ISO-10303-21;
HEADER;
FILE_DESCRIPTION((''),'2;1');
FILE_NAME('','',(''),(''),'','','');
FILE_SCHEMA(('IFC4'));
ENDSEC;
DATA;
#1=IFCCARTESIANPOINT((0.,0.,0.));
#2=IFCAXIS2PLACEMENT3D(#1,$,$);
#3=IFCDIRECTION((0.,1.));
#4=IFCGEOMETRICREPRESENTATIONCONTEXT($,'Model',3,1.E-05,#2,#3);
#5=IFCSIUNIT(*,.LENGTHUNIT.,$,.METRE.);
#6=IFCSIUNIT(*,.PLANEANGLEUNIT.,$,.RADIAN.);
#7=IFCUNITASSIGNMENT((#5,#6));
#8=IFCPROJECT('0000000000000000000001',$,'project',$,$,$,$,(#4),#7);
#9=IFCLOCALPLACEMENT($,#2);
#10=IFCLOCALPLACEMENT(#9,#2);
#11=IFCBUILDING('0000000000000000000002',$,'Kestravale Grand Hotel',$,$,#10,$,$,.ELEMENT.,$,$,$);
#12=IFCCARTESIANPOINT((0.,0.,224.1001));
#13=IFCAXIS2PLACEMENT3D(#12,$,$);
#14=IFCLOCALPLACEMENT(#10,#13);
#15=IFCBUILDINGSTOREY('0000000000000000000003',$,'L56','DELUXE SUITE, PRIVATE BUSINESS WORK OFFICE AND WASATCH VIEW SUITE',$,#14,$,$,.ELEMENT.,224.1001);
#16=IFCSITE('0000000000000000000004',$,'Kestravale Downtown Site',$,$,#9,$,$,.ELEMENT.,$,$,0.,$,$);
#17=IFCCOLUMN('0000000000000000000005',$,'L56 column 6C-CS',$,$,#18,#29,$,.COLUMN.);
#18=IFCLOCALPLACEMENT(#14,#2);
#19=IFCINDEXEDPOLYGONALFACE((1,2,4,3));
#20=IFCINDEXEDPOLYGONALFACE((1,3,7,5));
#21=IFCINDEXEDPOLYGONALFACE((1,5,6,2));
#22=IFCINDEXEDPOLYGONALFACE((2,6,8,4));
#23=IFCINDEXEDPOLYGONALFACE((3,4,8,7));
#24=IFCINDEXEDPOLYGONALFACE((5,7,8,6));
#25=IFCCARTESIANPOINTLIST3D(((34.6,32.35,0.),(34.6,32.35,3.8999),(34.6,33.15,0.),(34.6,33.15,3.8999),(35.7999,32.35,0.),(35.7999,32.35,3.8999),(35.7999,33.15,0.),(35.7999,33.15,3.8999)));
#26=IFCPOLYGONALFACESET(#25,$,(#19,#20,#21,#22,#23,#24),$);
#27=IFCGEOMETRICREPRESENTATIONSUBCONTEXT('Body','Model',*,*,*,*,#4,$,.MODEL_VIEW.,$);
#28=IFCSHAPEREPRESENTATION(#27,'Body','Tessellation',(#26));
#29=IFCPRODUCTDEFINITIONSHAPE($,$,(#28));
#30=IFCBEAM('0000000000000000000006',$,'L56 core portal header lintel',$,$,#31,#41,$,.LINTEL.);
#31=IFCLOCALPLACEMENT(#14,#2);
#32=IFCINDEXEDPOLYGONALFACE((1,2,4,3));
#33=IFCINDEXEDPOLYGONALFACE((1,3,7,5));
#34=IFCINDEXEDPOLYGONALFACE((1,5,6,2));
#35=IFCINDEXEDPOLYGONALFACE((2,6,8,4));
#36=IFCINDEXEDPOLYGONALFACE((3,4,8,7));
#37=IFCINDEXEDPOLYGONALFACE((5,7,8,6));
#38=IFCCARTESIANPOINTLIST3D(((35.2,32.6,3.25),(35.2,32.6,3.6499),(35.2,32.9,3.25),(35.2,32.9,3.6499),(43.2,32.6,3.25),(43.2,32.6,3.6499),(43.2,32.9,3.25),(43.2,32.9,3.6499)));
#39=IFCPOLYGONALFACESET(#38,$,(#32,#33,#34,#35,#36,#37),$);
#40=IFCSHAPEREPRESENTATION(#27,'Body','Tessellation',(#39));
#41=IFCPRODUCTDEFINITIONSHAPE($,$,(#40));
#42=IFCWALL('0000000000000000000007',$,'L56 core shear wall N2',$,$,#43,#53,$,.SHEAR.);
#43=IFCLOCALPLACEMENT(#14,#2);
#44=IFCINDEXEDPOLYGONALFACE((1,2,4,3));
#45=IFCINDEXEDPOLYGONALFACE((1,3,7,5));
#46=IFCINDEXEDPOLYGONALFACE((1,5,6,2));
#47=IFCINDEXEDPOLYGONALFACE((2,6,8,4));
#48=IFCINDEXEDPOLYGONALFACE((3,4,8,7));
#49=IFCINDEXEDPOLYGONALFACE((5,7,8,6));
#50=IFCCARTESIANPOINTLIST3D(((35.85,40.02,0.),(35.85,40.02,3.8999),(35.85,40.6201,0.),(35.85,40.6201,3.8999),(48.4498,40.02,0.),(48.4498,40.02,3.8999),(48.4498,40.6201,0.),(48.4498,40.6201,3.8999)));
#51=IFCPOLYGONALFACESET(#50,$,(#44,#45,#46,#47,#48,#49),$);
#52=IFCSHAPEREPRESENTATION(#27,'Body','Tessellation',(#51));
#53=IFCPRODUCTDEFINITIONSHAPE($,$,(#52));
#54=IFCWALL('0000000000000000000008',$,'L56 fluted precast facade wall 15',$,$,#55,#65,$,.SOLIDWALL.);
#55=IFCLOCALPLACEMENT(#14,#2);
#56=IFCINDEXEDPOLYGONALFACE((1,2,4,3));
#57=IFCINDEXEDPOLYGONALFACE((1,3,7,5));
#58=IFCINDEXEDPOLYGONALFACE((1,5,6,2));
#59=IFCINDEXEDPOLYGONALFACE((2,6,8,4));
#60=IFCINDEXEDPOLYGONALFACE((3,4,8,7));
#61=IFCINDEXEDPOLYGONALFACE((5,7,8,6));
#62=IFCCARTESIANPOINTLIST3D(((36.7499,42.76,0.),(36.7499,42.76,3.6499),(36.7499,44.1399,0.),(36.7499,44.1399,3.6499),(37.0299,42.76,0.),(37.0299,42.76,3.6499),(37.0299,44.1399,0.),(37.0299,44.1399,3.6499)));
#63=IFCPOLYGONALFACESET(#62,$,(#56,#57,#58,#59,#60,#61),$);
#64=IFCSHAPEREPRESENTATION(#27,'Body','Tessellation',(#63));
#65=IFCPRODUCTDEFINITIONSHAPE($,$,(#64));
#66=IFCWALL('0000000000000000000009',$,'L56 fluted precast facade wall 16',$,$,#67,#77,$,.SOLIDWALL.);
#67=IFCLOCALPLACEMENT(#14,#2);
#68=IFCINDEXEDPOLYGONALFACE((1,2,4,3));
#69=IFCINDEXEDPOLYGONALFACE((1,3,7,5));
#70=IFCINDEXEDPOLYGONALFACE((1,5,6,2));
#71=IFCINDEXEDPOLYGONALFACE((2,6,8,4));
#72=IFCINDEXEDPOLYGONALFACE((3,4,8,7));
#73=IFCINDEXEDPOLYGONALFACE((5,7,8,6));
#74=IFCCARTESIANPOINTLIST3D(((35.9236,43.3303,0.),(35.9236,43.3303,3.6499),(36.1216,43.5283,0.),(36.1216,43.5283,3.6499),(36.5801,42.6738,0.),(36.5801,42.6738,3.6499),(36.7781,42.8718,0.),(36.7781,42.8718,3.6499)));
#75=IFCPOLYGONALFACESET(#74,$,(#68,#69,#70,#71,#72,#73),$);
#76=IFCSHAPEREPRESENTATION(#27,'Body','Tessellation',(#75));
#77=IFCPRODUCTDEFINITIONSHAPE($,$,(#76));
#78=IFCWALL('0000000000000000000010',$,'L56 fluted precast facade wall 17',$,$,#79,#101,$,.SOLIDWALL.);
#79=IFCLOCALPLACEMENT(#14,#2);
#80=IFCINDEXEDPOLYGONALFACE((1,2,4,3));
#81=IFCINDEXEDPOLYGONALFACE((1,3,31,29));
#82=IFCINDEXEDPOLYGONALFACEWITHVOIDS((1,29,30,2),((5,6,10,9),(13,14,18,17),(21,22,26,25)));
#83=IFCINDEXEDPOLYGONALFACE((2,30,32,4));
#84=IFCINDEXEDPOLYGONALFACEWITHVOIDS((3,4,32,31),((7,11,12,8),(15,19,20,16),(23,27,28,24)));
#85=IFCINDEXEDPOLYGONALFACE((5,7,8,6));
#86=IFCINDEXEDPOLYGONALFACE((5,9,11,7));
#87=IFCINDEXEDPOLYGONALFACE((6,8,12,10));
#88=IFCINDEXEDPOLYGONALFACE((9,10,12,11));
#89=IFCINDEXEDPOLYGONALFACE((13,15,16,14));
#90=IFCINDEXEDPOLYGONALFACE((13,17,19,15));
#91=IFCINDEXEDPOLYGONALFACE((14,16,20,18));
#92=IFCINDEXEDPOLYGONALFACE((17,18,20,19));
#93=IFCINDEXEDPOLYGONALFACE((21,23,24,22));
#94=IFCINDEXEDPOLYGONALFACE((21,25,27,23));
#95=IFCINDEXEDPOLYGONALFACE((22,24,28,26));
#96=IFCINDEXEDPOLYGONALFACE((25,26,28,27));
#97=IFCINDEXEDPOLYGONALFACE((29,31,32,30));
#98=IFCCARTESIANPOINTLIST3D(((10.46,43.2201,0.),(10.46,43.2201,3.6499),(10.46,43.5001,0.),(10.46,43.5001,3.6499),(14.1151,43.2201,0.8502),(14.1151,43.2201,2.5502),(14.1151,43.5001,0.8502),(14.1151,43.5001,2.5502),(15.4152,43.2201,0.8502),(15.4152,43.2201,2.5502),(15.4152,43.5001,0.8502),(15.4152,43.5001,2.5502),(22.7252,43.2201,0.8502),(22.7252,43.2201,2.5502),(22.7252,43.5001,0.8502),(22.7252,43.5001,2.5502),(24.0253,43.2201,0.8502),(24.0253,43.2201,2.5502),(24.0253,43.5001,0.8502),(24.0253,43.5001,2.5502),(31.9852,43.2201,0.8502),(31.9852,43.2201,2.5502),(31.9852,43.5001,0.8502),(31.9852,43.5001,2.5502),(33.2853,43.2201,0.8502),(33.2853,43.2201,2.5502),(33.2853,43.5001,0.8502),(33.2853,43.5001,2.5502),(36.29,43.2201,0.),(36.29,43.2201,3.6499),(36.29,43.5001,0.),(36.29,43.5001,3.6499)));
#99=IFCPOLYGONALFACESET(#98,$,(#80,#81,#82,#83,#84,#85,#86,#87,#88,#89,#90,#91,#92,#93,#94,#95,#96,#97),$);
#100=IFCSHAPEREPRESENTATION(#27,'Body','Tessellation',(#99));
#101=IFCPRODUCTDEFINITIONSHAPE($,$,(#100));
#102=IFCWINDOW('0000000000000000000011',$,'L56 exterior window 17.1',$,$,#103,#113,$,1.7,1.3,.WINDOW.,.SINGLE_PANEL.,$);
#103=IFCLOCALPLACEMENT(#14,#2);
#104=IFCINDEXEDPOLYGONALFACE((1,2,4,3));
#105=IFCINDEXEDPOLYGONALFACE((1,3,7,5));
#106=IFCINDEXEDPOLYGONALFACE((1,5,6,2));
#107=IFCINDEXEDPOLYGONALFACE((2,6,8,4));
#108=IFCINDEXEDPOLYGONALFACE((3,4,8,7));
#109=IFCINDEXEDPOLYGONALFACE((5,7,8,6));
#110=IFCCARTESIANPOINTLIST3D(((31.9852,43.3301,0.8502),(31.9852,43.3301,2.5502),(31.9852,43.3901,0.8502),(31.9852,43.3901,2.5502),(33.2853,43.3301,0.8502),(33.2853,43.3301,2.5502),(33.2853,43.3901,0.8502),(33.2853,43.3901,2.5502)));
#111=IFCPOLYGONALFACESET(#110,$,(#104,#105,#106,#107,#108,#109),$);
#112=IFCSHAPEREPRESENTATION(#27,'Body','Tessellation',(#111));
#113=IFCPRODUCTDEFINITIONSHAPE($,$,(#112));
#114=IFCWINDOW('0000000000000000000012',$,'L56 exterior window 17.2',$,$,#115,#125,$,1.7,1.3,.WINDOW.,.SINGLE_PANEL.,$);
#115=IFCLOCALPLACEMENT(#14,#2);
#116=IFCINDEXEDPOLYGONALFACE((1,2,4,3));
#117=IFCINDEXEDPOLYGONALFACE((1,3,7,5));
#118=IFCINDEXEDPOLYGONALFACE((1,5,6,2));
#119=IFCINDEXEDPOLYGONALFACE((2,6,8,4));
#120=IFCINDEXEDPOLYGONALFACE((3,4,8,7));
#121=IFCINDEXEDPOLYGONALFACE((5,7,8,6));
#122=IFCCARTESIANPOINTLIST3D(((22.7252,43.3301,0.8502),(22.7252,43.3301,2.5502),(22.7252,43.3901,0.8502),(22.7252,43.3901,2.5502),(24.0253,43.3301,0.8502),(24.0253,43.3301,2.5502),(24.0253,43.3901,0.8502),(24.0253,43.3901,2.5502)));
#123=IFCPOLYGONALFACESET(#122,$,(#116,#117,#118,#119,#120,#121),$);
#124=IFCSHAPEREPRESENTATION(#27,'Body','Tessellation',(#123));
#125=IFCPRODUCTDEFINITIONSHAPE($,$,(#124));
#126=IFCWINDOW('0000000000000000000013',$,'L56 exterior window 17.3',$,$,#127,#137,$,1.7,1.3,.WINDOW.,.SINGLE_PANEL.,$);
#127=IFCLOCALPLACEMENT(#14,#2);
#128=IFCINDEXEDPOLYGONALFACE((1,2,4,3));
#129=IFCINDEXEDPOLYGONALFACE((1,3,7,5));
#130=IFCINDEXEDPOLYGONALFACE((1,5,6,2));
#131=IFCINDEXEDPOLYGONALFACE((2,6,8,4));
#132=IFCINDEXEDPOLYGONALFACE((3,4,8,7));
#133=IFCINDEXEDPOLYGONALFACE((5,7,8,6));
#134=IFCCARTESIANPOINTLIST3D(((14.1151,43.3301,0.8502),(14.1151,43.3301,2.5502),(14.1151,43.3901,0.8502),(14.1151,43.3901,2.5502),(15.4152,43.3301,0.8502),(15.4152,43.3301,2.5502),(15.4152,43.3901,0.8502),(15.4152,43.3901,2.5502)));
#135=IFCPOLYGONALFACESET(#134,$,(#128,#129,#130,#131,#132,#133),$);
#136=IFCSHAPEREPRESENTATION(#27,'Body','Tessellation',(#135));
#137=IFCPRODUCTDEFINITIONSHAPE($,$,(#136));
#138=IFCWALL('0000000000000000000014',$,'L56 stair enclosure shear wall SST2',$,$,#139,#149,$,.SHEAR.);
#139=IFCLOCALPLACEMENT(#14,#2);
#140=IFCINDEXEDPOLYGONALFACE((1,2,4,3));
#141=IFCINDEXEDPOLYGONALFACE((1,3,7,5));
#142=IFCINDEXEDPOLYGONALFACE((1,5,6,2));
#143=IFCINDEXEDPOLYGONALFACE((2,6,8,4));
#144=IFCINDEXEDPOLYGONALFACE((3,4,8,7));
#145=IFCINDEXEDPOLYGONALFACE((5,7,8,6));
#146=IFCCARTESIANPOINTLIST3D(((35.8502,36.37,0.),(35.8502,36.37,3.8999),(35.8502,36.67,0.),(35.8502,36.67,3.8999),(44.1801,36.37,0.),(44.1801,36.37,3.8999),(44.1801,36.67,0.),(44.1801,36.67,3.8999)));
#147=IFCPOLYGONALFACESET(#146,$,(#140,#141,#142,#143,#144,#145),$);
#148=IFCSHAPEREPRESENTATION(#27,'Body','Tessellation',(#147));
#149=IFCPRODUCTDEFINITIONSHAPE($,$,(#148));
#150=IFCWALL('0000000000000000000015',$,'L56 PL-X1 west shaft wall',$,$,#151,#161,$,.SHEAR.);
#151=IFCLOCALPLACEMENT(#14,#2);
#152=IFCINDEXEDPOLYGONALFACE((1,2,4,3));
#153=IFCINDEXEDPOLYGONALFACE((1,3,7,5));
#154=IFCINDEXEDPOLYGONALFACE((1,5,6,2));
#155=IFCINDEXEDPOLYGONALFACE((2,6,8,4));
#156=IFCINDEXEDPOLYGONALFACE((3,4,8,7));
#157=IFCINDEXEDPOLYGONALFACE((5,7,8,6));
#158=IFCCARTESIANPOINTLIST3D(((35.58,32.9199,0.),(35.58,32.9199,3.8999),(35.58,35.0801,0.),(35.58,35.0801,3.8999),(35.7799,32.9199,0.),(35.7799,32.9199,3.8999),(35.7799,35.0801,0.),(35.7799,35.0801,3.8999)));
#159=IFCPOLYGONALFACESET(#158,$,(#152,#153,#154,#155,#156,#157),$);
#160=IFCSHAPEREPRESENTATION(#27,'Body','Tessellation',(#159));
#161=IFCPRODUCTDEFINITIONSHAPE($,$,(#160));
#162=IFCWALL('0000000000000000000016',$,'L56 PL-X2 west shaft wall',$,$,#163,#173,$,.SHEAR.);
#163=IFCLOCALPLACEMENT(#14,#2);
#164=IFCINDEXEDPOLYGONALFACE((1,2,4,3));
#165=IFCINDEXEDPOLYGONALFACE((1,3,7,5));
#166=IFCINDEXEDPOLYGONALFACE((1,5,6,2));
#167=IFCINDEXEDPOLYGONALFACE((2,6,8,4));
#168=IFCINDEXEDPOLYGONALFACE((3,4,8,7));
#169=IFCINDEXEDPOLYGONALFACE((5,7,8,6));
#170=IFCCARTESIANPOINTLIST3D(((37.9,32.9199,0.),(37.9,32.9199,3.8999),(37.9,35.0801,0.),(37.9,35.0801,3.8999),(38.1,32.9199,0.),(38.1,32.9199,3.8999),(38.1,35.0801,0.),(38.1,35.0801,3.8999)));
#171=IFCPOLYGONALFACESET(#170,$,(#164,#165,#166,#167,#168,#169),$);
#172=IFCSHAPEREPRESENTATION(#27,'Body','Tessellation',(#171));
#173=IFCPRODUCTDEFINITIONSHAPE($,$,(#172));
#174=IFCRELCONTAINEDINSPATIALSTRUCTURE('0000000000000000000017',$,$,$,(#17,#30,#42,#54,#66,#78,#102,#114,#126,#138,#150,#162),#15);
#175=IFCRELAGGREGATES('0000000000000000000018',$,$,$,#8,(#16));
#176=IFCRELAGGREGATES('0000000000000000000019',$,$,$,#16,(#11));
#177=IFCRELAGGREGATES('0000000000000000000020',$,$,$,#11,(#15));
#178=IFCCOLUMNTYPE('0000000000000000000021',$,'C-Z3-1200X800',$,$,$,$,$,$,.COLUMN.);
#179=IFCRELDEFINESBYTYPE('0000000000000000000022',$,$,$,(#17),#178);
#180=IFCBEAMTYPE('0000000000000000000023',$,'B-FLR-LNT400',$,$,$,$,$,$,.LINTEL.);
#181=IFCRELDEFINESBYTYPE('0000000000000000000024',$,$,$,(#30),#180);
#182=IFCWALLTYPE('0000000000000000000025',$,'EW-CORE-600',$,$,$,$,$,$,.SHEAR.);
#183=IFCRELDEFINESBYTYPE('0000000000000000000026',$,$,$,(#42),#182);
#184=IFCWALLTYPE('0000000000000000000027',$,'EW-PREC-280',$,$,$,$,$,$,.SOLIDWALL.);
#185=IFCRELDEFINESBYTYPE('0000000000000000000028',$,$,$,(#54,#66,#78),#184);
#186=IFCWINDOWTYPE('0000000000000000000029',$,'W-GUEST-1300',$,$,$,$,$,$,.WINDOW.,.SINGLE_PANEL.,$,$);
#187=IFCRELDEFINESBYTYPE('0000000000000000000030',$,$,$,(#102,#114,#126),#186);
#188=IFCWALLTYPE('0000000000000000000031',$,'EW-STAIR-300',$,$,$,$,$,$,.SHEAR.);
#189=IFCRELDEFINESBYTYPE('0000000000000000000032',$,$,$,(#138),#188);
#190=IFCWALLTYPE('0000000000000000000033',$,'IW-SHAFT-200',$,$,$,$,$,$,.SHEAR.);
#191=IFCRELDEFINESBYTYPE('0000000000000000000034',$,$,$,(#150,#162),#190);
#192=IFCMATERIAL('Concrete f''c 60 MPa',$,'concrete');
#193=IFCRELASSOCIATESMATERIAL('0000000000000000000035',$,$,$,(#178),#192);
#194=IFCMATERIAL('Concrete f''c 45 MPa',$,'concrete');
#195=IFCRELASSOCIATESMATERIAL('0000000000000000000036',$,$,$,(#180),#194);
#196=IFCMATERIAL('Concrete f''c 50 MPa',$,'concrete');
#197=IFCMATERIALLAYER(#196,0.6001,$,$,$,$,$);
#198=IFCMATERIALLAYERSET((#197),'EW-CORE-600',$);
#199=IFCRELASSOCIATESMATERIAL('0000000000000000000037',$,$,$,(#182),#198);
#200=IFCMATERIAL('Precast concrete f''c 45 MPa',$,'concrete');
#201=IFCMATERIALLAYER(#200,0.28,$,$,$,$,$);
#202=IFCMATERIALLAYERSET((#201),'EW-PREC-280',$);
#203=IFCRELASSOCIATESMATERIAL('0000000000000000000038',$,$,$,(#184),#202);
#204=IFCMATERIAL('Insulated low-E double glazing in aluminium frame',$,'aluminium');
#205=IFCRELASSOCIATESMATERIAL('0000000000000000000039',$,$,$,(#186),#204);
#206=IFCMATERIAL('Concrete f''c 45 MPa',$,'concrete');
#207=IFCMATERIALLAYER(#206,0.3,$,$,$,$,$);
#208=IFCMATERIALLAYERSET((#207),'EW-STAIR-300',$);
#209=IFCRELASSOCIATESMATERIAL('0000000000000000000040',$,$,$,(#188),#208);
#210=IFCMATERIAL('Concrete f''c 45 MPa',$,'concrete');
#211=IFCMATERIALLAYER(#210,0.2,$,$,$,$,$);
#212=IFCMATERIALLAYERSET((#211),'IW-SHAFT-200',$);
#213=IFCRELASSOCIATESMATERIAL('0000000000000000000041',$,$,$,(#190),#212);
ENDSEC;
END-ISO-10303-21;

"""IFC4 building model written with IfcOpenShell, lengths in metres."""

from ifc_helpers import new_model, si_unit, direction, frame, frame_2d, origin, origin_2d, place, context, subcontext, project, spatial, rectangle, extrude, material, layer, layer_set, material_profile, profile_set, type_object, element, fill, save


model = new_model("IFC4")

# Units and contexts
model_context = context("Model", 3, precision=1e-05, world=origin(), true_north=direction((0.0, 1.0)))
body_context = subcontext(model_context, "Body", "Model", "MODEL_VIEW")
ifc_project = project(units=[si_unit("LENGTHUNIT", "METRE"), si_unit("PLANEANGLEUNIT", "RADIAN")], contexts=[model_context])

# Site, building, storey
site_placement = place(None, origin())
site = spatial("IfcSite", under=ifc_project, at=site_placement, Name="Kestravale Downtown Site", CompositionType="ELEMENT", RefElevation=0.0)
building_placement = place(site_placement, origin())
building = spatial("IfcBuilding", under=site, at=building_placement, Name="Kestravale Grand Hotel", CompositionType="ELEMENT")
storey_placement = place(building_placement, frame((0.0, 0.0, 224.1001)))
storey = spatial("IfcBuildingStorey", under=building, at=storey_placement, Name="L56", Description="DELUXE SUITE, PRIVATE BUSINESS WORK OFFICE AND WASATCH VIEW SUITE", CompositionType="ELEMENT", Elevation=224.1001)

# Column
ifc_material_1 = material(Name="Concrete f'c 60 MPa", Category="concrete")
ifc_material_profile_1 = material_profile(ifc_material_1, rectangle(XDim=1.2, YDim=0.8, at=origin_2d()))
ifc_profile_set_1 = profile_set([ifc_material_profile_1], Name="Concrete f'c 60 MPa")
column_type = type_object("IfcColumnType", Name="C-Z3-1200X800", PredefinedType="COLUMN", material=ifc_profile_set_1)
column_placement = place(storey_placement, frame((35.2, 32.75, 0.0), z_axis=(0.0, 0.0, 1.0), x_axis=(1.0, 0.0, 0.0)))
element("IfcColumn", 1, at=column_placement, inside=storey, type_object=column_type, Name="L56 column 6C-CS", PredefinedType="COLUMN", context=body_context, shape_type="SweptSolid", body=[
    extrude(rectangle(XDim=1.2, YDim=0.8, at=origin_2d()), origin(), (0.0, 0.0, 1.0), 3.8999),
])

# Beam
ifc_material_2 = material(Name="Concrete f'c 45 MPa", Category="concrete")
ifc_material_profile_2 = material_profile(ifc_material_2, rectangle(XDim=0.3, YDim=0.3999, at=origin_2d()))
ifc_profile_set_2 = profile_set([ifc_material_profile_2], Name="Concrete f'c 45 MPa")
beam_type = type_object("IfcBeamType", Name="B-FLR-LNT400", PredefinedType="LINTEL", material=ifc_profile_set_2)
beam_placement = place(storey_placement, frame((35.2, 32.75, 3.45), z_axis=(1.0, 0.0, 0.0), x_axis=(0.0, 1.0, 0.0)))
element("IfcBeam", 2, at=beam_placement, inside=storey, type_object=beam_type, Name="L56 core portal header lintel", PredefinedType="LINTEL", context=body_context, shape_type="SweptSolid", body=[
    extrude(rectangle(XDim=0.3, YDim=0.3999, at=origin_2d()), origin(), (0.0, 0.0, 1.0), 8.0),
])

# Wall
ifc_material_3 = material(Name="Concrete f'c 50 MPa", Category="concrete")
ifc_layer_1 = layer(ifc_material_3, 0.6001)
ifc_layer_set_1 = layer_set([ifc_layer_1], Name="EW-CORE-600")
wall_type_1 = type_object("IfcWallType", Name="EW-CORE-600", PredefinedType="SHEAR", material=ifc_layer_set_1)
wall_1_placement = place(storey_placement, frame((35.8501, 40.3201, 0.0), z_axis=(0.0, 0.0, 1.0), x_axis=(1.0, 0.0, 0.0)))
element("IfcWall", 3, at=wall_1_placement, inside=storey, type_object=wall_type_1, Name="L56 core shear wall N2", PredefinedType="SHEAR", context=body_context, shape_type="SweptSolid", body=[
    extrude(rectangle(XDim=12.5999, YDim=0.6001, at=frame_2d((6.2998, 0.0))), origin(), (0.0, 0.0, 1.0), 3.8999),
])

# Walls
ifc_material_4 = material(Name="Precast concrete f'c 45 MPa", Category="concrete")
ifc_layer_2 = layer(ifc_material_4, 0.28)
ifc_layer_set_2 = layer_set([ifc_layer_2], Name="EW-PREC-280")
wall_type_2 = type_object("IfcWallType", Name="EW-PREC-280", PredefinedType="SOLIDWALL", material=ifc_layer_set_2)
wall_2_placement = place(storey_placement, frame((36.8899, 44.1399, 0.0), z_axis=(0.0, 0.0, 1.0), x_axis=(0.0, -1.0, 0.0)))
element("IfcWall", 4, at=wall_2_placement, inside=storey, type_object=wall_type_2, Name="L56 fluted precast facade wall 15", PredefinedType="SOLIDWALL", context=body_context, shape_type="SweptSolid", body=[
    extrude(rectangle(XDim=1.3799, YDim=0.28, at=frame_2d((0.6899, 0.0))), origin(), (0.0, 0.0, 1.0), 3.6499),
])
wall_3_placement = place(storey_placement, frame((36.6792, 42.7727, 0.0), z_axis=(0.0, 0.0, 1.0), x_axis=(-0.707107, 0.707107, 0.0)))
element("IfcWall", 5, at=wall_3_placement, inside=storey, type_object=wall_type_2, Name="L56 fluted precast facade wall 16", PredefinedType="SOLIDWALL", context=body_context, shape_type="SweptSolid", body=[
    extrude(rectangle(XDim=0.9285, YDim=0.28, at=frame_2d((0.4644, 0.0))), origin(), (0.0, 0.0, 1.0), 3.6499),
])

# Wall, openings, windows
wall_4_placement = place(storey_placement, frame((36.29, 43.3601, 0.0), z_axis=(0.0, 0.0, 1.0), x_axis=(-1.0, 0.0, 0.0)))
wall_4 = element("IfcWall", 6, at=wall_4_placement, inside=storey, type_object=wall_type_2, Name="L56 fluted precast facade wall 17", PredefinedType="SOLIDWALL", context=body_context, shape_type="SweptSolid", body=[
    extrude(rectangle(XDim=25.8301, YDim=0.28, at=frame_2d((12.915, 0.0))), origin(), (0.0, 0.0, 1.0), 3.6499),
])
opening_1_placement = place(wall_4_placement, frame((3.0049, 0.0, 0.8501)))
opening_1 = element("IfcOpeningElement", 7, at=opening_1_placement, cuts=wall_4, PredefinedType="OPENING", context=body_context, shape_type="SweptSolid", body=[
    extrude(rectangle(XDim=1.3, YDim=1.7, at=frame_2d((0.6499, 0.8501))), frame((0.0, 0.1499, 0.0), z_axis=(0.0, -1.0, 0.0), x_axis=(1.0, 0.0, 0.0)), (0.0, 0.0, 1.0), 0.3),
])
opening_2_placement = place(wall_4_placement, frame((12.2649, 0.0, 0.8501)))
opening_2 = element("IfcOpeningElement", 8, at=opening_2_placement, cuts=wall_4, PredefinedType="OPENING", context=body_context, shape_type="SweptSolid", body=[
    extrude(rectangle(XDim=1.3, YDim=1.7, at=frame_2d((0.6499, 0.8501))), frame((0.0, 0.1499, 0.0), z_axis=(0.0, -1.0, 0.0), x_axis=(1.0, 0.0, 0.0)), (0.0, 0.0, 1.0), 0.3),
])
opening_3_placement = place(wall_4_placement, frame((20.875, 0.0, 0.8501)))
opening_3 = element("IfcOpeningElement", 9, at=opening_3_placement, cuts=wall_4, PredefinedType="OPENING", context=body_context, shape_type="SweptSolid", body=[
    extrude(rectangle(XDim=1.3, YDim=1.7, at=frame_2d((0.6499, 0.8501))), frame((0.0, 0.1499, 0.0), z_axis=(0.0, -1.0, 0.0), x_axis=(1.0, 0.0, 0.0)), (0.0, 0.0, 1.0), 0.3),
])
ifc_material_5 = material(Name="Insulated low-E double glazing in aluminium frame", Category="aluminium")
window_type = type_object("IfcWindowType", Name="W-GUEST-1300", PartitioningType="SINGLE_PANEL", PredefinedType="WINDOW", material=ifc_material_5)
window_1_placement = place(opening_1_placement, origin())
window_1 = element("IfcWindow", 10, at=window_1_placement, inside=storey, type_object=window_type, Name="L56 exterior window 17.1", OverallHeight=1.7, OverallWidth=1.3, PartitioningType="SINGLE_PANEL", PredefinedType="WINDOW", context=body_context, shape_type="SweptSolid", body=[
    extrude(rectangle(XDim=1.3, YDim=1.7, at=frame_2d((0.6499, 0.8501))), frame((0.0, 0.03, 0.0), z_axis=(0.0, -1.0, 0.0), x_axis=(1.0, 0.0, 0.0)), (0.0, 0.0, 1.0), 0.0601),
])
fill(opening_1, window_1)
window_2_placement = place(opening_2_placement, origin())
window_2 = element("IfcWindow", 11, at=window_2_placement, inside=storey, type_object=window_type, Name="L56 exterior window 17.2", OverallHeight=1.7, OverallWidth=1.3, PartitioningType="SINGLE_PANEL", PredefinedType="WINDOW", context=body_context, shape_type="SweptSolid", body=[
    extrude(rectangle(XDim=1.3, YDim=1.7, at=frame_2d((0.6499, 0.8501))), frame((0.0, 0.03, 0.0), z_axis=(0.0, -1.0, 0.0), x_axis=(1.0, 0.0, 0.0)), (0.0, 0.0, 1.0), 0.0601),
])
fill(opening_2, window_2)
window_3_placement = place(opening_3_placement, origin())
window_3 = element("IfcWindow", 12, at=window_3_placement, inside=storey, type_object=window_type, Name="L56 exterior window 17.3", OverallHeight=1.7, OverallWidth=1.3, PartitioningType="SINGLE_PANEL", PredefinedType="WINDOW", context=body_context, shape_type="SweptSolid", body=[
    extrude(rectangle(XDim=1.3, YDim=1.7, at=frame_2d((0.6499, 0.8501))), frame((0.0, 0.03, 0.0), z_axis=(0.0, -1.0, 0.0), x_axis=(1.0, 0.0, 0.0)), (0.0, 0.0, 1.0), 0.0601),
])
fill(opening_3, window_3)

# Walls
ifc_material_6 = material(Name="Concrete f'c 45 MPa", Category="concrete")
ifc_layer_3 = layer(ifc_material_6, 0.3)
ifc_layer_set_3 = layer_set([ifc_layer_3], Name="EW-STAIR-300")
wall_type_3 = type_object("IfcWallType", Name="EW-STAIR-300", PredefinedType="SHEAR", material=ifc_layer_set_3)
wall_5_placement = place(storey_placement, frame((35.8501, 36.52, 0.0), z_axis=(0.0, 0.0, 1.0), x_axis=(1.0, 0.0, 0.0)))
element("IfcWall", 13, at=wall_5_placement, inside=storey, type_object=wall_type_3, Name="L56 stair enclosure shear wall SST2", PredefinedType="SHEAR", context=body_context, shape_type="SweptSolid", body=[
    extrude(rectangle(XDim=8.3298, YDim=0.3, at=frame_2d((4.165, 0.0))), origin(), (0.0, 0.0, 1.0), 3.8999),
])
ifc_material_7 = material(Name="Concrete f'c 45 MPa", Category="concrete")
ifc_layer_4 = layer(ifc_material_7, 0.2)
ifc_layer_set_4 = layer_set([ifc_layer_4], Name="IW-SHAFT-200")
wall_type_4 = type_object("IfcWallType", Name="IW-SHAFT-200", PredefinedType="SHEAR", material=ifc_layer_set_4)
for number, where, z_axis, x_axis, name in (
    (14, (35.6799, 32.9199, 0.0), (0.0, 0.0, 1.0), (0.0, 1.0, 0.0), "L56 PL-X1 west shaft wall"),
    (15, (38.0, 32.9199, 0.0), (0.0, 0.0, 1.0), (0.0, 1.0, 0.0), "L56 PL-X2 west shaft wall"),
):
    element("IfcWall", number, at=place(storey_placement, frame(where, z_axis=z_axis, x_axis=x_axis)), inside=storey, type_object=wall_type_4, Name=name, PredefinedType="SHEAR", context=body_context, shape_type="SweptSolid", body=[
        extrude(rectangle(XDim=2.1602, YDim=0.2, at=frame_2d((1.0801, 0.0))), origin(), (0.0, 0.0, 1.0), 3.8999),
    ])

save(model, "model.ifc")
